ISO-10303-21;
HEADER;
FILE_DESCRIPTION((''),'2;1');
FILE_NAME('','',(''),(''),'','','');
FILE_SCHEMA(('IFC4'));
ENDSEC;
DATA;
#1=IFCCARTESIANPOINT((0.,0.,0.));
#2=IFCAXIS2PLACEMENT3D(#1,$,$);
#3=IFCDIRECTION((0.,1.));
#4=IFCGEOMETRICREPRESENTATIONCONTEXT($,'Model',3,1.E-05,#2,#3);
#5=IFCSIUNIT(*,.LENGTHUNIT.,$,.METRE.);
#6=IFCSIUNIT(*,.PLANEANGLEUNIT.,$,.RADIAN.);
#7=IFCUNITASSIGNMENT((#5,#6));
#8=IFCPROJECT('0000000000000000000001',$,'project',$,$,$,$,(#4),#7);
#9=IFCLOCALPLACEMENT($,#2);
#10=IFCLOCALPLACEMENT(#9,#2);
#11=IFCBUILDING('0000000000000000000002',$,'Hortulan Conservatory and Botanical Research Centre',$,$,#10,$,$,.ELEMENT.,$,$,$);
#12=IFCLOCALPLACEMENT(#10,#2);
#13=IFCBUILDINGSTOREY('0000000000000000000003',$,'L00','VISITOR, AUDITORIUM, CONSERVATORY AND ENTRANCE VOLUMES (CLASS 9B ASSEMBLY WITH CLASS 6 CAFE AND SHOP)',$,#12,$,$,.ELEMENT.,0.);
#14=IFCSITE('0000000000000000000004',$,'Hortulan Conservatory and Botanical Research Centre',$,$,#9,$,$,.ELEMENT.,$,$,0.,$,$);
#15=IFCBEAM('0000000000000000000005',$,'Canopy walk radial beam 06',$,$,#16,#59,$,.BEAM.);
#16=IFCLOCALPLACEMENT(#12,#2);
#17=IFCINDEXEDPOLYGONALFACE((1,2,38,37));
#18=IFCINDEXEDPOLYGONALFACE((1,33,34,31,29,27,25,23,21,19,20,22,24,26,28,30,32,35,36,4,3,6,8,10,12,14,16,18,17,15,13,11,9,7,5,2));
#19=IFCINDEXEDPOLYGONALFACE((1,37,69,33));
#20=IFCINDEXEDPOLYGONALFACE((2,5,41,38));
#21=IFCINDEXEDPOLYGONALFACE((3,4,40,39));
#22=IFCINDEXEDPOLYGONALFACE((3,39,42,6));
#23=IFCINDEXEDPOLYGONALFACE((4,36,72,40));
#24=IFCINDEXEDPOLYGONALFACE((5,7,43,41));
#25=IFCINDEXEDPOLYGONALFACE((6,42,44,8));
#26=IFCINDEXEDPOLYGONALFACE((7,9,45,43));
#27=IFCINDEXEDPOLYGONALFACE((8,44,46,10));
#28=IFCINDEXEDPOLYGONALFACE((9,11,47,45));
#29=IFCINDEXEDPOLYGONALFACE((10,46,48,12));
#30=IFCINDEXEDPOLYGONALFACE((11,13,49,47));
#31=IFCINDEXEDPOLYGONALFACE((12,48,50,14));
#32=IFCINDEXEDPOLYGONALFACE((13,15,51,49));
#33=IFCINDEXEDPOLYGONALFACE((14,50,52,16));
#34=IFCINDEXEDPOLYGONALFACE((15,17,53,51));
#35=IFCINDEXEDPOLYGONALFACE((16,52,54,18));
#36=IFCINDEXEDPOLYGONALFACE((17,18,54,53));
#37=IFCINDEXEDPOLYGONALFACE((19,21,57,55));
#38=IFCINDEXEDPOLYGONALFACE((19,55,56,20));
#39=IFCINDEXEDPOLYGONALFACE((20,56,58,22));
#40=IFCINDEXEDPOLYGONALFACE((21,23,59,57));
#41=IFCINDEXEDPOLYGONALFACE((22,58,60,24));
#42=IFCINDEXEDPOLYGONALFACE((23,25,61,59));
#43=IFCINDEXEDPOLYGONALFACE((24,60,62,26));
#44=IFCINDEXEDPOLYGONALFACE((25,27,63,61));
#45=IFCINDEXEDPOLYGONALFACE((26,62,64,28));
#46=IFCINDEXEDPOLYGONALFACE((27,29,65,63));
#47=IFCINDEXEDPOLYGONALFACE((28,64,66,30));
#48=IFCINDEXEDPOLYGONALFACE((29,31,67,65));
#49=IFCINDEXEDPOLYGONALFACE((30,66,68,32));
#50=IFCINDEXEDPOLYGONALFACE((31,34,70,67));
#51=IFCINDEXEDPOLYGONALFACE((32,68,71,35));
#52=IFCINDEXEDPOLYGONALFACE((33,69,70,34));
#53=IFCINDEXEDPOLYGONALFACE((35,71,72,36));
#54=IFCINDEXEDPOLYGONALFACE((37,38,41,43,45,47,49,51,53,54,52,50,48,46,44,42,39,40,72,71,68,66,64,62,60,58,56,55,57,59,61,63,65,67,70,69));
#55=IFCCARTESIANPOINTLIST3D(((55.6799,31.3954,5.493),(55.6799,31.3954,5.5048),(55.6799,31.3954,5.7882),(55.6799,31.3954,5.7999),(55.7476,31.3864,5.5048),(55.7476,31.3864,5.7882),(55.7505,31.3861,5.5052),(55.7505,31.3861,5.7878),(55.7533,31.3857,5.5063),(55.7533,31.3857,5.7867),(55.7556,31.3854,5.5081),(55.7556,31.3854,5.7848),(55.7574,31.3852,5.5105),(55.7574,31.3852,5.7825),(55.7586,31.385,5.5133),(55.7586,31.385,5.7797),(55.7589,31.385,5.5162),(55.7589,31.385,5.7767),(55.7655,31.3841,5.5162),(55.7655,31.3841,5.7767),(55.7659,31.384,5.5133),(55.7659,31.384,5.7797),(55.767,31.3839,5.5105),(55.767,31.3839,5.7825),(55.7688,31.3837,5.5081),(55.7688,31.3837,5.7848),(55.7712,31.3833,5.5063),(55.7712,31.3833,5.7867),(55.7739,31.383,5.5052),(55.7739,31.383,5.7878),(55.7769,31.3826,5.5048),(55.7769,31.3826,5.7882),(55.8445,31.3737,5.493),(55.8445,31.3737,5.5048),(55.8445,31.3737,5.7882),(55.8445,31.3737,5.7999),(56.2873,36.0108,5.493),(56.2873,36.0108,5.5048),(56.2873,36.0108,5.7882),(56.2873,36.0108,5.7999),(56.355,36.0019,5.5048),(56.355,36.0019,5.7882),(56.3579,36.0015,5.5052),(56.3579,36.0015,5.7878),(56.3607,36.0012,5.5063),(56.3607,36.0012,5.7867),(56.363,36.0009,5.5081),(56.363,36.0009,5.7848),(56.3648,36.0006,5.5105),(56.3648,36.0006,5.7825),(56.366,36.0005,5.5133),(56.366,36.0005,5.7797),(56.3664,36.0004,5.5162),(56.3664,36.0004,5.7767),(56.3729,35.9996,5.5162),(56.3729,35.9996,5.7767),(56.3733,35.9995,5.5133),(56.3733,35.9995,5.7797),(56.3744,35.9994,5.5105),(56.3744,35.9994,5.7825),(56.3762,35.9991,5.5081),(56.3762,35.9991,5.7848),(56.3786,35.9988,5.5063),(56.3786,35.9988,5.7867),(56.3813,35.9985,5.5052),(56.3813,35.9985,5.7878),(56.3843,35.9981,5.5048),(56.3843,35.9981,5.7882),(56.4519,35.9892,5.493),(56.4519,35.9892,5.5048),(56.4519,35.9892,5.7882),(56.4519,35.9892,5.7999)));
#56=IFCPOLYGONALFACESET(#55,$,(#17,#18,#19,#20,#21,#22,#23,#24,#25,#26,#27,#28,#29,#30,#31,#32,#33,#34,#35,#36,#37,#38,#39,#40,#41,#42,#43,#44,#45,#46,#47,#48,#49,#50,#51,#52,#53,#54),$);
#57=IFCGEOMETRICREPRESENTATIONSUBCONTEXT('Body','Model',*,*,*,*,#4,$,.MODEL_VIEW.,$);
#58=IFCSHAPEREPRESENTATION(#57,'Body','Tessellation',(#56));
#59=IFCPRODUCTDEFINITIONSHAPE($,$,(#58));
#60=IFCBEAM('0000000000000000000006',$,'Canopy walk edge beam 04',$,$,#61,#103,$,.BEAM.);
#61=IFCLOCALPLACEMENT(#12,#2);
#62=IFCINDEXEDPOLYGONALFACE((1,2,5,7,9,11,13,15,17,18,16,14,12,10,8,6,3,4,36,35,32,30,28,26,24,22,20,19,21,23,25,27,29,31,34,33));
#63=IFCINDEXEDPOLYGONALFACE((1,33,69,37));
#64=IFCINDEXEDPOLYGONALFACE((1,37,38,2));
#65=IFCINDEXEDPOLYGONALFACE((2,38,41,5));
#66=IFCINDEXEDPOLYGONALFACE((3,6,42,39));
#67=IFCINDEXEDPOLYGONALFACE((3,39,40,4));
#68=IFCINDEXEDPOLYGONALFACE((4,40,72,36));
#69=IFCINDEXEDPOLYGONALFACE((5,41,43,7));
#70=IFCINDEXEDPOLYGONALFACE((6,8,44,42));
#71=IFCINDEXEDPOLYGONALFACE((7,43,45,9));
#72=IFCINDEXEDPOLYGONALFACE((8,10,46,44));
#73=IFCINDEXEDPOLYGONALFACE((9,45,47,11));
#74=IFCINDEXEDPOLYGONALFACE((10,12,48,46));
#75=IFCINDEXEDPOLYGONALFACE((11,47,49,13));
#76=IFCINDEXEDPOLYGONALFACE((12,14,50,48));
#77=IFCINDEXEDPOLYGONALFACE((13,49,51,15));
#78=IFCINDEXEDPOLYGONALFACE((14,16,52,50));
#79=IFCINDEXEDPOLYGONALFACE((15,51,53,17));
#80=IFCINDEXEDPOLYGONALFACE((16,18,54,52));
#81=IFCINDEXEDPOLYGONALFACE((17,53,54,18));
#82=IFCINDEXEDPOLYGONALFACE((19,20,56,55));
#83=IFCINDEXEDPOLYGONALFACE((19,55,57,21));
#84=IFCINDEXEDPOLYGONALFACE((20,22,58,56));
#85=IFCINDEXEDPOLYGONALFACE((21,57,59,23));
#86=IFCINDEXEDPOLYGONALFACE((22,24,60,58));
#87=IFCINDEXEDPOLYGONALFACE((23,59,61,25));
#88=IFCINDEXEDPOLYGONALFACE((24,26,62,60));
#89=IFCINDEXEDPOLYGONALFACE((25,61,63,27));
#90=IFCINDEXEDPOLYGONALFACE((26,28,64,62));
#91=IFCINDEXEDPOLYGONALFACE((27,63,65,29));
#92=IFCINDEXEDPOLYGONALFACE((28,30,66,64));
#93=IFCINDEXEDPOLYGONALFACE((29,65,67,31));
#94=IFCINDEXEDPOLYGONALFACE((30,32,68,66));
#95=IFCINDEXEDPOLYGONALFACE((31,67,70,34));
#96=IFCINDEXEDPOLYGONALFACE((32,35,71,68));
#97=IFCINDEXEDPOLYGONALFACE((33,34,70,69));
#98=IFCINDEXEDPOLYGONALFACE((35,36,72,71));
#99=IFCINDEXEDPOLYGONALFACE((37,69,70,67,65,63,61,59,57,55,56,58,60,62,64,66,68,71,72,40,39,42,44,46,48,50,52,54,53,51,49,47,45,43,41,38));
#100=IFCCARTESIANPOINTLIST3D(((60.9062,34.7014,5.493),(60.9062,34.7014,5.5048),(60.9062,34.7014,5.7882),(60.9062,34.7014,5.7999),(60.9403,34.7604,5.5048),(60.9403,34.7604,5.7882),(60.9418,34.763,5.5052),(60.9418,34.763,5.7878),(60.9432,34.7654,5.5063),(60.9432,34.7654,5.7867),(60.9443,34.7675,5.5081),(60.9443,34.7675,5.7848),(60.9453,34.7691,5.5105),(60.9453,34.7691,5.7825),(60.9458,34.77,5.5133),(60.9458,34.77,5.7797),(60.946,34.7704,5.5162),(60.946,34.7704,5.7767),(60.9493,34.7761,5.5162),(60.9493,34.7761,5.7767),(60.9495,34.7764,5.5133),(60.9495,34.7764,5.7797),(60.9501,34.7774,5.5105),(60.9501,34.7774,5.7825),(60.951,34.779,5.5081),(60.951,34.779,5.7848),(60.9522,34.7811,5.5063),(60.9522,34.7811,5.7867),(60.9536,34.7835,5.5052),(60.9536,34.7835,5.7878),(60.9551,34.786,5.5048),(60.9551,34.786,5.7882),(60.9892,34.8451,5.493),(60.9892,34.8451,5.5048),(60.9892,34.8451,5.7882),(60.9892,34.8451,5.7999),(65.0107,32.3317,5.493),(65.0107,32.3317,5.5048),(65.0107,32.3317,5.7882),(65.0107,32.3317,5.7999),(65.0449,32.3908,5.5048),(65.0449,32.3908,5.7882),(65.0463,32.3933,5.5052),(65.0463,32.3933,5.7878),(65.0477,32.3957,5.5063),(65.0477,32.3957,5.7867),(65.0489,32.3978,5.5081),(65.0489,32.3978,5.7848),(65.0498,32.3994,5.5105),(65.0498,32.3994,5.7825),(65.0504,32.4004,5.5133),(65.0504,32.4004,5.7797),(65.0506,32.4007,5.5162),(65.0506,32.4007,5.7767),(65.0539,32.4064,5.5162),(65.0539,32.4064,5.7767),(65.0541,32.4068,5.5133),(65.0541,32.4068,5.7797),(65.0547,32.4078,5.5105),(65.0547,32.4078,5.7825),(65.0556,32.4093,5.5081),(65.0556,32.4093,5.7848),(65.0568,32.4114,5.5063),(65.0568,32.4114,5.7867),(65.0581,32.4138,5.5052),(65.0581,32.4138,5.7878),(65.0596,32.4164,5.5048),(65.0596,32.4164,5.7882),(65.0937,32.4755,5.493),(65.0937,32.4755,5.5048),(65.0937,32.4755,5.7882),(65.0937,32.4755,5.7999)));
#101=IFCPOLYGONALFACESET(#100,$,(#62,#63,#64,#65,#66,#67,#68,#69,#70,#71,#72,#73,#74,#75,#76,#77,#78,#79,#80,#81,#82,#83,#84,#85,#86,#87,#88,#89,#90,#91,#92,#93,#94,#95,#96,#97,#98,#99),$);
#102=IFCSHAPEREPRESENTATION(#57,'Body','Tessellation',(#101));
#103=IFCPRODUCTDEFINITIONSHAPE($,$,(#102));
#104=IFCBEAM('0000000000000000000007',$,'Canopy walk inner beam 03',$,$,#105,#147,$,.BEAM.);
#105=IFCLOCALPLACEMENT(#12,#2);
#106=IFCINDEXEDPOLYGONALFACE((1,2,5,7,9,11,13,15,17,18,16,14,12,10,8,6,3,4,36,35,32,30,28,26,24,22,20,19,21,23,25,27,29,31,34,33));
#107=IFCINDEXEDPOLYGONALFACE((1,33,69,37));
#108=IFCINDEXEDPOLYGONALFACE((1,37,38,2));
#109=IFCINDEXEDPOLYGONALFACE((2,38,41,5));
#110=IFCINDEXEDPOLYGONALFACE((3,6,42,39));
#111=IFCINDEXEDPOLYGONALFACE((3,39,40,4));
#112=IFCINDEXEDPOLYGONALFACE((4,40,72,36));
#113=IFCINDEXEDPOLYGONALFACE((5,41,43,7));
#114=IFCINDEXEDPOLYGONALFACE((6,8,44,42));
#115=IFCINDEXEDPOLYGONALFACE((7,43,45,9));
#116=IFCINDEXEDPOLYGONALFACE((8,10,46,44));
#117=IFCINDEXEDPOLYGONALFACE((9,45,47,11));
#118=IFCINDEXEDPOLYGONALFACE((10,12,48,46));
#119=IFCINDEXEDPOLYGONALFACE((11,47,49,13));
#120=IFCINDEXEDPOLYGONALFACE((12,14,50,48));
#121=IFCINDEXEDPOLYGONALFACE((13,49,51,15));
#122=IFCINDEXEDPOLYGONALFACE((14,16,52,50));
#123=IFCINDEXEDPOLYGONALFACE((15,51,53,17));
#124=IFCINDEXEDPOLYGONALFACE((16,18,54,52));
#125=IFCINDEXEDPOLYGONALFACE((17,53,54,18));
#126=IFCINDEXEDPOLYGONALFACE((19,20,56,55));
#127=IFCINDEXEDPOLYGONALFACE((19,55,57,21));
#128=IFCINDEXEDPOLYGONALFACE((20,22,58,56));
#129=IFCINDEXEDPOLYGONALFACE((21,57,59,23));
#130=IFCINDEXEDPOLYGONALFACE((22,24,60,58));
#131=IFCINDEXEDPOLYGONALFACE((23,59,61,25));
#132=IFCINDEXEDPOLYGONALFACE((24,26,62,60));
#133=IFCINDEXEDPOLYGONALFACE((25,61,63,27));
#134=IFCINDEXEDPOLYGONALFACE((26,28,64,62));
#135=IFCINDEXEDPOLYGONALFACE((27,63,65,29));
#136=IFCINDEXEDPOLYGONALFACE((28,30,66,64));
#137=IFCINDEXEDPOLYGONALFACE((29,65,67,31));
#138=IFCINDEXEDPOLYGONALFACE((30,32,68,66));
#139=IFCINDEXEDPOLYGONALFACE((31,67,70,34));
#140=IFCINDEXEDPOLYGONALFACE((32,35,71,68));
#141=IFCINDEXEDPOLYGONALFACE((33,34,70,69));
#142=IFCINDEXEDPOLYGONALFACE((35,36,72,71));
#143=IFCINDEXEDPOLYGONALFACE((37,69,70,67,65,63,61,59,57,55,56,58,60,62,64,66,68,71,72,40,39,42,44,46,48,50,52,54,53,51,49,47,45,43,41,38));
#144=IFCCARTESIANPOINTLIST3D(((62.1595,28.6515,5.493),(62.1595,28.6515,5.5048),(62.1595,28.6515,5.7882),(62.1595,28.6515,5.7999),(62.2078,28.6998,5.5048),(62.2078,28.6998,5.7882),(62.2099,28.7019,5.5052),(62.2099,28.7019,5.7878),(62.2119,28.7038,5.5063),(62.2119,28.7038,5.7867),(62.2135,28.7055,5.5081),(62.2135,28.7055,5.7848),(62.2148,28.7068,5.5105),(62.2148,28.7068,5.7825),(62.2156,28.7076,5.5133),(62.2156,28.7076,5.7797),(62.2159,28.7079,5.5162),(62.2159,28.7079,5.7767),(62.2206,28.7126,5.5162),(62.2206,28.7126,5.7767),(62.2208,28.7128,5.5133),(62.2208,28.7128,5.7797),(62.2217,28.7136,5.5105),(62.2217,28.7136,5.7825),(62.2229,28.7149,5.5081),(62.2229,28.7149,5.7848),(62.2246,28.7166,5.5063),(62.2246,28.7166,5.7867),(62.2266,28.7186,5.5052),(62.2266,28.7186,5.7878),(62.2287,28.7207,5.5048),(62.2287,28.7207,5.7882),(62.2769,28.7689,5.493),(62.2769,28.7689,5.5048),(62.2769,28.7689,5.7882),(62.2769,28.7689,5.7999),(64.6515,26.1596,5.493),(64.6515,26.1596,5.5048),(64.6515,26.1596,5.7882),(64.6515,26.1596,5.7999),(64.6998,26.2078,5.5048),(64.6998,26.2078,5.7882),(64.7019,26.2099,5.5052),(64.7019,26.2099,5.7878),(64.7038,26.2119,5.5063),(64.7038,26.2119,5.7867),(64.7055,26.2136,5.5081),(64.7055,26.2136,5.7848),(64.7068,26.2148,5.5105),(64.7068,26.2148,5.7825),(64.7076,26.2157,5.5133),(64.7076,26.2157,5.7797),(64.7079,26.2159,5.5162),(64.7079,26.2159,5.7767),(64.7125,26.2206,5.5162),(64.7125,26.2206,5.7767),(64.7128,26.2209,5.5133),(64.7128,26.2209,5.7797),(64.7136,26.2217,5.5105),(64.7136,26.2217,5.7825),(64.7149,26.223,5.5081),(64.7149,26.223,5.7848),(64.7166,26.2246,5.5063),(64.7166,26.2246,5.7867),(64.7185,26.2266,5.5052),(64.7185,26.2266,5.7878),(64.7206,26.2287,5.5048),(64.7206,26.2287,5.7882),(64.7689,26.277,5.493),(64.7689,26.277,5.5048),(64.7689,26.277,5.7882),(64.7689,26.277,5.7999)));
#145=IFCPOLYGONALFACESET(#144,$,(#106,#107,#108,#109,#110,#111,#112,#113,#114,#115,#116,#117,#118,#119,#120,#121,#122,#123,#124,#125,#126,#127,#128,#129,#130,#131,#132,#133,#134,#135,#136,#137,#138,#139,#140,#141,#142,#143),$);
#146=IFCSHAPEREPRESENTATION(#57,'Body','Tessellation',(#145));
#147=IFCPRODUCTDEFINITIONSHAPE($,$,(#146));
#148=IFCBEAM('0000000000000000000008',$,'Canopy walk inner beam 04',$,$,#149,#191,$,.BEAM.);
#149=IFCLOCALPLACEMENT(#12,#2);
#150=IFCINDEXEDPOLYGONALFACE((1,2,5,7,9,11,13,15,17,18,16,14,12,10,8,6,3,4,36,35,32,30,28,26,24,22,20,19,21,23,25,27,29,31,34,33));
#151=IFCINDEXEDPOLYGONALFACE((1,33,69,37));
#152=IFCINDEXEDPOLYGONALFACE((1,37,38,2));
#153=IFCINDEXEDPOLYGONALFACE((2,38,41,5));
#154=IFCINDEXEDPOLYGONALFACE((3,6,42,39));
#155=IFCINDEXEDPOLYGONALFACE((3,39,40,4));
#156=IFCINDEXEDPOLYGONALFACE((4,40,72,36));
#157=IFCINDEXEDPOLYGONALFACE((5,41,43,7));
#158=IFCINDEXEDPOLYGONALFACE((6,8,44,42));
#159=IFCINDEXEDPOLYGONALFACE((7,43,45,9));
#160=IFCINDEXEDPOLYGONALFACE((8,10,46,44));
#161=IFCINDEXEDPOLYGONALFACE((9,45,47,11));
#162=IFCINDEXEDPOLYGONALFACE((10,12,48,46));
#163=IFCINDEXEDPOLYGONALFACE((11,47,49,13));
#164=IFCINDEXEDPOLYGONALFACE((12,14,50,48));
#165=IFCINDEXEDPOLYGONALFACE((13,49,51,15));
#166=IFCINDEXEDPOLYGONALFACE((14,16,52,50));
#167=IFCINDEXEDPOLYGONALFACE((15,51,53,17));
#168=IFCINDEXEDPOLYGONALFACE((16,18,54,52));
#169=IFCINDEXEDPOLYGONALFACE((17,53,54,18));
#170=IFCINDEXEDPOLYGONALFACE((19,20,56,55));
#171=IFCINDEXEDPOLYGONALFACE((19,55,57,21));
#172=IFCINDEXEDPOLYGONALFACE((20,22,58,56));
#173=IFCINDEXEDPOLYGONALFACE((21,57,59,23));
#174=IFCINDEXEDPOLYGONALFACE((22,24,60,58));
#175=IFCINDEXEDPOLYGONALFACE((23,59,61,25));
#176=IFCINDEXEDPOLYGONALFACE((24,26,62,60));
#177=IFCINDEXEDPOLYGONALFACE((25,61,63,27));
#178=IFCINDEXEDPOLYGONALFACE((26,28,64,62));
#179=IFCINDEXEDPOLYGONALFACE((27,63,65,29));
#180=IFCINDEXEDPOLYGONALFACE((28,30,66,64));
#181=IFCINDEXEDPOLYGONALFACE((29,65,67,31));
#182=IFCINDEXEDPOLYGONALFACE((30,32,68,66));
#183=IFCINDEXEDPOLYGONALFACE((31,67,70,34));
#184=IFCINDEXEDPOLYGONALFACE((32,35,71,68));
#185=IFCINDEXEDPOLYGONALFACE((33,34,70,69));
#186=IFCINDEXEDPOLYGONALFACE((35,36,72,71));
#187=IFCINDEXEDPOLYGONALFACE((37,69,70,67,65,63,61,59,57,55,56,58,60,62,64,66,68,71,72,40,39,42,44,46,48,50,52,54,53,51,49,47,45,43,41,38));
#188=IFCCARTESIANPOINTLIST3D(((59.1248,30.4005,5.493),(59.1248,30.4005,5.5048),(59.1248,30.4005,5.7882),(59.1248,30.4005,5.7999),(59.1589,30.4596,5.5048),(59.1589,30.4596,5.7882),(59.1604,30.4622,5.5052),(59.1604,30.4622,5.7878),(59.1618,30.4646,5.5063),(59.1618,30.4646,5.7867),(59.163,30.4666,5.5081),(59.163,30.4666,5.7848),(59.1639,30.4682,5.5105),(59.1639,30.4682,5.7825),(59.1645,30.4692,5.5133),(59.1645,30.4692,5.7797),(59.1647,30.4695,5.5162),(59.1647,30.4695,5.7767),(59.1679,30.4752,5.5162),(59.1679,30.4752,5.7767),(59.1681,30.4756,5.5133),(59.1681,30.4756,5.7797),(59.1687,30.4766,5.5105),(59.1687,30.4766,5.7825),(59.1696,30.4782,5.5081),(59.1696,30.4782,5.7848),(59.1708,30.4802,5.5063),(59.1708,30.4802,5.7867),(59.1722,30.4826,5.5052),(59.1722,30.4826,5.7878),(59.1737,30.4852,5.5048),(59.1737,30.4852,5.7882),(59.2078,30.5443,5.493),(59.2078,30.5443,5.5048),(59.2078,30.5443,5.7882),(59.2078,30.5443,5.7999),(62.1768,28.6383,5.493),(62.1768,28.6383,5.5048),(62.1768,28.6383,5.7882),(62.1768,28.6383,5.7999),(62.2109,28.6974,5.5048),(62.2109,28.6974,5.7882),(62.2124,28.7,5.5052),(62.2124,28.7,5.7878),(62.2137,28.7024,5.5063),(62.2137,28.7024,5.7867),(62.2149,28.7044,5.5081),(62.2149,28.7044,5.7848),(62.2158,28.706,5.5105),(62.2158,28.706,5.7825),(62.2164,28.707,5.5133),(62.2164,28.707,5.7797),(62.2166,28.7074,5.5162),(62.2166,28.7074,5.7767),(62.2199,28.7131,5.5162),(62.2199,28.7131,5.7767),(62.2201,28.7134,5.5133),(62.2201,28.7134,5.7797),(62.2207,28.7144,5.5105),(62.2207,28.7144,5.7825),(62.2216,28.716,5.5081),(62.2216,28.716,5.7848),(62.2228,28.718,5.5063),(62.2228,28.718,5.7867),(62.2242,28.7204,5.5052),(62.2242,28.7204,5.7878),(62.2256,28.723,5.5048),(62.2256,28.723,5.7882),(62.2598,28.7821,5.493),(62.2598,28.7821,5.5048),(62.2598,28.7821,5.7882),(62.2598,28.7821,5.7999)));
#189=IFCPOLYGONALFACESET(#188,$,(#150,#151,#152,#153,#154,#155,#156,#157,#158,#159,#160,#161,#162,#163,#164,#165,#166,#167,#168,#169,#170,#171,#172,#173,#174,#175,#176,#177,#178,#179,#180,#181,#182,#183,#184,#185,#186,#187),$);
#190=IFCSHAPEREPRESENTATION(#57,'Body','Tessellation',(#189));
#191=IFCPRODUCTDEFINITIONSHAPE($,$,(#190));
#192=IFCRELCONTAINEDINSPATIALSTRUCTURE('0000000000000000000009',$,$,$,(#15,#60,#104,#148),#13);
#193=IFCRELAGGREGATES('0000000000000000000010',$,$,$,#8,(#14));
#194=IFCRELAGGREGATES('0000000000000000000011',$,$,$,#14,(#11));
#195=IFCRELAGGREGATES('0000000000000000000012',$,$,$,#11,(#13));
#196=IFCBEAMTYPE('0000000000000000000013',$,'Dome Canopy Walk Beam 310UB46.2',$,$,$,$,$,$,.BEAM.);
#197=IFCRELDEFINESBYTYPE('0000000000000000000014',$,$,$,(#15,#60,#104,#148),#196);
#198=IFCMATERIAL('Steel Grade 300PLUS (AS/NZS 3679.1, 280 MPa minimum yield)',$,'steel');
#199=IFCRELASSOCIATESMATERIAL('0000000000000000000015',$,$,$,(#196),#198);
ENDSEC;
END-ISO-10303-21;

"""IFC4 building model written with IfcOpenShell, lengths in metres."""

from ifc_helpers import new_model, si_unit, direction, frame, origin, origin_2d, place, context, subcontext, project, spatial, i_section, extrude, material, material_profile, profile_set, type_object, element, save


model = new_model("IFC4")

# Units and contexts
model_context = context("Model", 3, precision=1e-05, world=origin(), true_north=direction((0.0, 1.0)))
body_context = subcontext(model_context, "Body", "Model", "MODEL_VIEW")
ifc_project = project(units=[si_unit("LENGTHUNIT", "METRE"), si_unit("PLANEANGLEUNIT", "RADIAN")], contexts=[model_context])

# Site, building, storey
site_placement = place(None, origin())
site = spatial("IfcSite", under=ifc_project, at=site_placement, Name="Hortulan Conservatory and Botanical Research Centre", CompositionType="ELEMENT", RefElevation=0.0)
building_placement = place(site_placement, origin())
building = spatial("IfcBuilding", under=site, at=building_placement, Name="Hortulan Conservatory and Botanical Research Centre", CompositionType="ELEMENT")
storey_placement = place(building_placement, origin())
storey = spatial("IfcBuildingStorey", under=building, at=storey_placement, Name="L00", Description="VISITOR, AUDITORIUM, CONSERVATORY AND ENTRANCE VOLUMES (CLASS 9B ASSEMBLY WITH CLASS 6 CAFE AND SHOP)", CompositionType="ELEMENT", Elevation=0.0)

# Beams
ifc_material_1 = material(Name="Steel Grade 300PLUS (AS/NZS 3679.1, 280 MPa minimum yield)", Category="steel")
ifc_material_profile_1 = material_profile(ifc_material_1, i_section(OverallWidth=0.166, OverallDepth=0.3069, WebThickness=0.0066, FlangeThickness=0.0117, FilletRadius=0.0115, at=origin_2d()), Name="310UB46.2")
ifc_profile_set_1 = profile_set([ifc_material_profile_1], Name="Steel Grade 300PLUS (AS/NZS 3679.1, 280 MPa minimum yield)")
beam_type = type_object("IfcBeamType", Name="Dome Canopy Walk Beam 310UB46.2", PredefinedType="BEAM", material=ifc_profile_set_1)
for number, where, z_axis, x_axis, name in (
    (1, (55.7622, 31.3845, 5.6465), (0.13048, 0.991451, 0.0), (-0.991451, 0.13048, 0.0), "Canopy walk radial beam 06"),
):
    element("IfcBeam", number, at=place(storey_placement, frame(where, z_axis=z_axis, x_axis=x_axis)), inside=storey, type_object=beam_type, Name=name, PredefinedType="BEAM", context=body_context, shape_type="SweptSolid", body=[
        extrude(i_section(OverallWidth=0.166, OverallDepth=0.3069, WebThickness=0.0066, FlangeThickness=0.0117, FilletRadius=0.0115, at=origin_2d()), origin(), (0.0, 0.0, 1.0), 4.6553),
    ])
beam_1_placement = place(storey_placement, frame((65.0522, 32.4036, 5.6465), z_axis=(-0.866035, 0.499984, 0.0), x_axis=(-0.499984, -0.866035, 0.0)))
element("IfcBeam", 2, at=beam_1_placement, inside=storey, type_object=beam_type, Name="Canopy walk edge beam 04", PredefinedType="BEAM", context=body_context, shape_type="SweptSolid", body=[
    extrude(i_section(OverallWidth=0.166, OverallDepth=0.3069, WebThickness=0.0066, FlangeThickness=0.0117, FilletRadius=0.0115, at=origin_2d()), origin(), (0.0, 0.0, 1.0), 4.7395),
])
for number, where, z_axis, x_axis, name in (
    (3, (64.7102, 26.2183, 5.6465), (-0.707107, 0.707107, 0.0), (-0.707107, -0.707107, 0.0), "Canopy walk inner beam 03"),
    (4, (62.2183, 28.7102, 5.6465), (-0.866009, 0.500028, 0.0), (-0.500028, -0.866009, 0.0), "Canopy walk inner beam 04"),
):
    element("IfcBeam", number, at=place(storey_placement, frame(where, z_axis=z_axis, x_axis=x_axis)), inside=storey, type_object=beam_type, Name=name, PredefinedType="BEAM", context=body_context, shape_type="SweptSolid", body=[
        extrude(i_section(OverallWidth=0.166, OverallDepth=0.3069, WebThickness=0.0066, FlangeThickness=0.0117, FilletRadius=0.0115, at=origin_2d()), origin(), (0.0, 0.0, 1.0), 3.5242),
    ])

save(model, "model.ifc")
